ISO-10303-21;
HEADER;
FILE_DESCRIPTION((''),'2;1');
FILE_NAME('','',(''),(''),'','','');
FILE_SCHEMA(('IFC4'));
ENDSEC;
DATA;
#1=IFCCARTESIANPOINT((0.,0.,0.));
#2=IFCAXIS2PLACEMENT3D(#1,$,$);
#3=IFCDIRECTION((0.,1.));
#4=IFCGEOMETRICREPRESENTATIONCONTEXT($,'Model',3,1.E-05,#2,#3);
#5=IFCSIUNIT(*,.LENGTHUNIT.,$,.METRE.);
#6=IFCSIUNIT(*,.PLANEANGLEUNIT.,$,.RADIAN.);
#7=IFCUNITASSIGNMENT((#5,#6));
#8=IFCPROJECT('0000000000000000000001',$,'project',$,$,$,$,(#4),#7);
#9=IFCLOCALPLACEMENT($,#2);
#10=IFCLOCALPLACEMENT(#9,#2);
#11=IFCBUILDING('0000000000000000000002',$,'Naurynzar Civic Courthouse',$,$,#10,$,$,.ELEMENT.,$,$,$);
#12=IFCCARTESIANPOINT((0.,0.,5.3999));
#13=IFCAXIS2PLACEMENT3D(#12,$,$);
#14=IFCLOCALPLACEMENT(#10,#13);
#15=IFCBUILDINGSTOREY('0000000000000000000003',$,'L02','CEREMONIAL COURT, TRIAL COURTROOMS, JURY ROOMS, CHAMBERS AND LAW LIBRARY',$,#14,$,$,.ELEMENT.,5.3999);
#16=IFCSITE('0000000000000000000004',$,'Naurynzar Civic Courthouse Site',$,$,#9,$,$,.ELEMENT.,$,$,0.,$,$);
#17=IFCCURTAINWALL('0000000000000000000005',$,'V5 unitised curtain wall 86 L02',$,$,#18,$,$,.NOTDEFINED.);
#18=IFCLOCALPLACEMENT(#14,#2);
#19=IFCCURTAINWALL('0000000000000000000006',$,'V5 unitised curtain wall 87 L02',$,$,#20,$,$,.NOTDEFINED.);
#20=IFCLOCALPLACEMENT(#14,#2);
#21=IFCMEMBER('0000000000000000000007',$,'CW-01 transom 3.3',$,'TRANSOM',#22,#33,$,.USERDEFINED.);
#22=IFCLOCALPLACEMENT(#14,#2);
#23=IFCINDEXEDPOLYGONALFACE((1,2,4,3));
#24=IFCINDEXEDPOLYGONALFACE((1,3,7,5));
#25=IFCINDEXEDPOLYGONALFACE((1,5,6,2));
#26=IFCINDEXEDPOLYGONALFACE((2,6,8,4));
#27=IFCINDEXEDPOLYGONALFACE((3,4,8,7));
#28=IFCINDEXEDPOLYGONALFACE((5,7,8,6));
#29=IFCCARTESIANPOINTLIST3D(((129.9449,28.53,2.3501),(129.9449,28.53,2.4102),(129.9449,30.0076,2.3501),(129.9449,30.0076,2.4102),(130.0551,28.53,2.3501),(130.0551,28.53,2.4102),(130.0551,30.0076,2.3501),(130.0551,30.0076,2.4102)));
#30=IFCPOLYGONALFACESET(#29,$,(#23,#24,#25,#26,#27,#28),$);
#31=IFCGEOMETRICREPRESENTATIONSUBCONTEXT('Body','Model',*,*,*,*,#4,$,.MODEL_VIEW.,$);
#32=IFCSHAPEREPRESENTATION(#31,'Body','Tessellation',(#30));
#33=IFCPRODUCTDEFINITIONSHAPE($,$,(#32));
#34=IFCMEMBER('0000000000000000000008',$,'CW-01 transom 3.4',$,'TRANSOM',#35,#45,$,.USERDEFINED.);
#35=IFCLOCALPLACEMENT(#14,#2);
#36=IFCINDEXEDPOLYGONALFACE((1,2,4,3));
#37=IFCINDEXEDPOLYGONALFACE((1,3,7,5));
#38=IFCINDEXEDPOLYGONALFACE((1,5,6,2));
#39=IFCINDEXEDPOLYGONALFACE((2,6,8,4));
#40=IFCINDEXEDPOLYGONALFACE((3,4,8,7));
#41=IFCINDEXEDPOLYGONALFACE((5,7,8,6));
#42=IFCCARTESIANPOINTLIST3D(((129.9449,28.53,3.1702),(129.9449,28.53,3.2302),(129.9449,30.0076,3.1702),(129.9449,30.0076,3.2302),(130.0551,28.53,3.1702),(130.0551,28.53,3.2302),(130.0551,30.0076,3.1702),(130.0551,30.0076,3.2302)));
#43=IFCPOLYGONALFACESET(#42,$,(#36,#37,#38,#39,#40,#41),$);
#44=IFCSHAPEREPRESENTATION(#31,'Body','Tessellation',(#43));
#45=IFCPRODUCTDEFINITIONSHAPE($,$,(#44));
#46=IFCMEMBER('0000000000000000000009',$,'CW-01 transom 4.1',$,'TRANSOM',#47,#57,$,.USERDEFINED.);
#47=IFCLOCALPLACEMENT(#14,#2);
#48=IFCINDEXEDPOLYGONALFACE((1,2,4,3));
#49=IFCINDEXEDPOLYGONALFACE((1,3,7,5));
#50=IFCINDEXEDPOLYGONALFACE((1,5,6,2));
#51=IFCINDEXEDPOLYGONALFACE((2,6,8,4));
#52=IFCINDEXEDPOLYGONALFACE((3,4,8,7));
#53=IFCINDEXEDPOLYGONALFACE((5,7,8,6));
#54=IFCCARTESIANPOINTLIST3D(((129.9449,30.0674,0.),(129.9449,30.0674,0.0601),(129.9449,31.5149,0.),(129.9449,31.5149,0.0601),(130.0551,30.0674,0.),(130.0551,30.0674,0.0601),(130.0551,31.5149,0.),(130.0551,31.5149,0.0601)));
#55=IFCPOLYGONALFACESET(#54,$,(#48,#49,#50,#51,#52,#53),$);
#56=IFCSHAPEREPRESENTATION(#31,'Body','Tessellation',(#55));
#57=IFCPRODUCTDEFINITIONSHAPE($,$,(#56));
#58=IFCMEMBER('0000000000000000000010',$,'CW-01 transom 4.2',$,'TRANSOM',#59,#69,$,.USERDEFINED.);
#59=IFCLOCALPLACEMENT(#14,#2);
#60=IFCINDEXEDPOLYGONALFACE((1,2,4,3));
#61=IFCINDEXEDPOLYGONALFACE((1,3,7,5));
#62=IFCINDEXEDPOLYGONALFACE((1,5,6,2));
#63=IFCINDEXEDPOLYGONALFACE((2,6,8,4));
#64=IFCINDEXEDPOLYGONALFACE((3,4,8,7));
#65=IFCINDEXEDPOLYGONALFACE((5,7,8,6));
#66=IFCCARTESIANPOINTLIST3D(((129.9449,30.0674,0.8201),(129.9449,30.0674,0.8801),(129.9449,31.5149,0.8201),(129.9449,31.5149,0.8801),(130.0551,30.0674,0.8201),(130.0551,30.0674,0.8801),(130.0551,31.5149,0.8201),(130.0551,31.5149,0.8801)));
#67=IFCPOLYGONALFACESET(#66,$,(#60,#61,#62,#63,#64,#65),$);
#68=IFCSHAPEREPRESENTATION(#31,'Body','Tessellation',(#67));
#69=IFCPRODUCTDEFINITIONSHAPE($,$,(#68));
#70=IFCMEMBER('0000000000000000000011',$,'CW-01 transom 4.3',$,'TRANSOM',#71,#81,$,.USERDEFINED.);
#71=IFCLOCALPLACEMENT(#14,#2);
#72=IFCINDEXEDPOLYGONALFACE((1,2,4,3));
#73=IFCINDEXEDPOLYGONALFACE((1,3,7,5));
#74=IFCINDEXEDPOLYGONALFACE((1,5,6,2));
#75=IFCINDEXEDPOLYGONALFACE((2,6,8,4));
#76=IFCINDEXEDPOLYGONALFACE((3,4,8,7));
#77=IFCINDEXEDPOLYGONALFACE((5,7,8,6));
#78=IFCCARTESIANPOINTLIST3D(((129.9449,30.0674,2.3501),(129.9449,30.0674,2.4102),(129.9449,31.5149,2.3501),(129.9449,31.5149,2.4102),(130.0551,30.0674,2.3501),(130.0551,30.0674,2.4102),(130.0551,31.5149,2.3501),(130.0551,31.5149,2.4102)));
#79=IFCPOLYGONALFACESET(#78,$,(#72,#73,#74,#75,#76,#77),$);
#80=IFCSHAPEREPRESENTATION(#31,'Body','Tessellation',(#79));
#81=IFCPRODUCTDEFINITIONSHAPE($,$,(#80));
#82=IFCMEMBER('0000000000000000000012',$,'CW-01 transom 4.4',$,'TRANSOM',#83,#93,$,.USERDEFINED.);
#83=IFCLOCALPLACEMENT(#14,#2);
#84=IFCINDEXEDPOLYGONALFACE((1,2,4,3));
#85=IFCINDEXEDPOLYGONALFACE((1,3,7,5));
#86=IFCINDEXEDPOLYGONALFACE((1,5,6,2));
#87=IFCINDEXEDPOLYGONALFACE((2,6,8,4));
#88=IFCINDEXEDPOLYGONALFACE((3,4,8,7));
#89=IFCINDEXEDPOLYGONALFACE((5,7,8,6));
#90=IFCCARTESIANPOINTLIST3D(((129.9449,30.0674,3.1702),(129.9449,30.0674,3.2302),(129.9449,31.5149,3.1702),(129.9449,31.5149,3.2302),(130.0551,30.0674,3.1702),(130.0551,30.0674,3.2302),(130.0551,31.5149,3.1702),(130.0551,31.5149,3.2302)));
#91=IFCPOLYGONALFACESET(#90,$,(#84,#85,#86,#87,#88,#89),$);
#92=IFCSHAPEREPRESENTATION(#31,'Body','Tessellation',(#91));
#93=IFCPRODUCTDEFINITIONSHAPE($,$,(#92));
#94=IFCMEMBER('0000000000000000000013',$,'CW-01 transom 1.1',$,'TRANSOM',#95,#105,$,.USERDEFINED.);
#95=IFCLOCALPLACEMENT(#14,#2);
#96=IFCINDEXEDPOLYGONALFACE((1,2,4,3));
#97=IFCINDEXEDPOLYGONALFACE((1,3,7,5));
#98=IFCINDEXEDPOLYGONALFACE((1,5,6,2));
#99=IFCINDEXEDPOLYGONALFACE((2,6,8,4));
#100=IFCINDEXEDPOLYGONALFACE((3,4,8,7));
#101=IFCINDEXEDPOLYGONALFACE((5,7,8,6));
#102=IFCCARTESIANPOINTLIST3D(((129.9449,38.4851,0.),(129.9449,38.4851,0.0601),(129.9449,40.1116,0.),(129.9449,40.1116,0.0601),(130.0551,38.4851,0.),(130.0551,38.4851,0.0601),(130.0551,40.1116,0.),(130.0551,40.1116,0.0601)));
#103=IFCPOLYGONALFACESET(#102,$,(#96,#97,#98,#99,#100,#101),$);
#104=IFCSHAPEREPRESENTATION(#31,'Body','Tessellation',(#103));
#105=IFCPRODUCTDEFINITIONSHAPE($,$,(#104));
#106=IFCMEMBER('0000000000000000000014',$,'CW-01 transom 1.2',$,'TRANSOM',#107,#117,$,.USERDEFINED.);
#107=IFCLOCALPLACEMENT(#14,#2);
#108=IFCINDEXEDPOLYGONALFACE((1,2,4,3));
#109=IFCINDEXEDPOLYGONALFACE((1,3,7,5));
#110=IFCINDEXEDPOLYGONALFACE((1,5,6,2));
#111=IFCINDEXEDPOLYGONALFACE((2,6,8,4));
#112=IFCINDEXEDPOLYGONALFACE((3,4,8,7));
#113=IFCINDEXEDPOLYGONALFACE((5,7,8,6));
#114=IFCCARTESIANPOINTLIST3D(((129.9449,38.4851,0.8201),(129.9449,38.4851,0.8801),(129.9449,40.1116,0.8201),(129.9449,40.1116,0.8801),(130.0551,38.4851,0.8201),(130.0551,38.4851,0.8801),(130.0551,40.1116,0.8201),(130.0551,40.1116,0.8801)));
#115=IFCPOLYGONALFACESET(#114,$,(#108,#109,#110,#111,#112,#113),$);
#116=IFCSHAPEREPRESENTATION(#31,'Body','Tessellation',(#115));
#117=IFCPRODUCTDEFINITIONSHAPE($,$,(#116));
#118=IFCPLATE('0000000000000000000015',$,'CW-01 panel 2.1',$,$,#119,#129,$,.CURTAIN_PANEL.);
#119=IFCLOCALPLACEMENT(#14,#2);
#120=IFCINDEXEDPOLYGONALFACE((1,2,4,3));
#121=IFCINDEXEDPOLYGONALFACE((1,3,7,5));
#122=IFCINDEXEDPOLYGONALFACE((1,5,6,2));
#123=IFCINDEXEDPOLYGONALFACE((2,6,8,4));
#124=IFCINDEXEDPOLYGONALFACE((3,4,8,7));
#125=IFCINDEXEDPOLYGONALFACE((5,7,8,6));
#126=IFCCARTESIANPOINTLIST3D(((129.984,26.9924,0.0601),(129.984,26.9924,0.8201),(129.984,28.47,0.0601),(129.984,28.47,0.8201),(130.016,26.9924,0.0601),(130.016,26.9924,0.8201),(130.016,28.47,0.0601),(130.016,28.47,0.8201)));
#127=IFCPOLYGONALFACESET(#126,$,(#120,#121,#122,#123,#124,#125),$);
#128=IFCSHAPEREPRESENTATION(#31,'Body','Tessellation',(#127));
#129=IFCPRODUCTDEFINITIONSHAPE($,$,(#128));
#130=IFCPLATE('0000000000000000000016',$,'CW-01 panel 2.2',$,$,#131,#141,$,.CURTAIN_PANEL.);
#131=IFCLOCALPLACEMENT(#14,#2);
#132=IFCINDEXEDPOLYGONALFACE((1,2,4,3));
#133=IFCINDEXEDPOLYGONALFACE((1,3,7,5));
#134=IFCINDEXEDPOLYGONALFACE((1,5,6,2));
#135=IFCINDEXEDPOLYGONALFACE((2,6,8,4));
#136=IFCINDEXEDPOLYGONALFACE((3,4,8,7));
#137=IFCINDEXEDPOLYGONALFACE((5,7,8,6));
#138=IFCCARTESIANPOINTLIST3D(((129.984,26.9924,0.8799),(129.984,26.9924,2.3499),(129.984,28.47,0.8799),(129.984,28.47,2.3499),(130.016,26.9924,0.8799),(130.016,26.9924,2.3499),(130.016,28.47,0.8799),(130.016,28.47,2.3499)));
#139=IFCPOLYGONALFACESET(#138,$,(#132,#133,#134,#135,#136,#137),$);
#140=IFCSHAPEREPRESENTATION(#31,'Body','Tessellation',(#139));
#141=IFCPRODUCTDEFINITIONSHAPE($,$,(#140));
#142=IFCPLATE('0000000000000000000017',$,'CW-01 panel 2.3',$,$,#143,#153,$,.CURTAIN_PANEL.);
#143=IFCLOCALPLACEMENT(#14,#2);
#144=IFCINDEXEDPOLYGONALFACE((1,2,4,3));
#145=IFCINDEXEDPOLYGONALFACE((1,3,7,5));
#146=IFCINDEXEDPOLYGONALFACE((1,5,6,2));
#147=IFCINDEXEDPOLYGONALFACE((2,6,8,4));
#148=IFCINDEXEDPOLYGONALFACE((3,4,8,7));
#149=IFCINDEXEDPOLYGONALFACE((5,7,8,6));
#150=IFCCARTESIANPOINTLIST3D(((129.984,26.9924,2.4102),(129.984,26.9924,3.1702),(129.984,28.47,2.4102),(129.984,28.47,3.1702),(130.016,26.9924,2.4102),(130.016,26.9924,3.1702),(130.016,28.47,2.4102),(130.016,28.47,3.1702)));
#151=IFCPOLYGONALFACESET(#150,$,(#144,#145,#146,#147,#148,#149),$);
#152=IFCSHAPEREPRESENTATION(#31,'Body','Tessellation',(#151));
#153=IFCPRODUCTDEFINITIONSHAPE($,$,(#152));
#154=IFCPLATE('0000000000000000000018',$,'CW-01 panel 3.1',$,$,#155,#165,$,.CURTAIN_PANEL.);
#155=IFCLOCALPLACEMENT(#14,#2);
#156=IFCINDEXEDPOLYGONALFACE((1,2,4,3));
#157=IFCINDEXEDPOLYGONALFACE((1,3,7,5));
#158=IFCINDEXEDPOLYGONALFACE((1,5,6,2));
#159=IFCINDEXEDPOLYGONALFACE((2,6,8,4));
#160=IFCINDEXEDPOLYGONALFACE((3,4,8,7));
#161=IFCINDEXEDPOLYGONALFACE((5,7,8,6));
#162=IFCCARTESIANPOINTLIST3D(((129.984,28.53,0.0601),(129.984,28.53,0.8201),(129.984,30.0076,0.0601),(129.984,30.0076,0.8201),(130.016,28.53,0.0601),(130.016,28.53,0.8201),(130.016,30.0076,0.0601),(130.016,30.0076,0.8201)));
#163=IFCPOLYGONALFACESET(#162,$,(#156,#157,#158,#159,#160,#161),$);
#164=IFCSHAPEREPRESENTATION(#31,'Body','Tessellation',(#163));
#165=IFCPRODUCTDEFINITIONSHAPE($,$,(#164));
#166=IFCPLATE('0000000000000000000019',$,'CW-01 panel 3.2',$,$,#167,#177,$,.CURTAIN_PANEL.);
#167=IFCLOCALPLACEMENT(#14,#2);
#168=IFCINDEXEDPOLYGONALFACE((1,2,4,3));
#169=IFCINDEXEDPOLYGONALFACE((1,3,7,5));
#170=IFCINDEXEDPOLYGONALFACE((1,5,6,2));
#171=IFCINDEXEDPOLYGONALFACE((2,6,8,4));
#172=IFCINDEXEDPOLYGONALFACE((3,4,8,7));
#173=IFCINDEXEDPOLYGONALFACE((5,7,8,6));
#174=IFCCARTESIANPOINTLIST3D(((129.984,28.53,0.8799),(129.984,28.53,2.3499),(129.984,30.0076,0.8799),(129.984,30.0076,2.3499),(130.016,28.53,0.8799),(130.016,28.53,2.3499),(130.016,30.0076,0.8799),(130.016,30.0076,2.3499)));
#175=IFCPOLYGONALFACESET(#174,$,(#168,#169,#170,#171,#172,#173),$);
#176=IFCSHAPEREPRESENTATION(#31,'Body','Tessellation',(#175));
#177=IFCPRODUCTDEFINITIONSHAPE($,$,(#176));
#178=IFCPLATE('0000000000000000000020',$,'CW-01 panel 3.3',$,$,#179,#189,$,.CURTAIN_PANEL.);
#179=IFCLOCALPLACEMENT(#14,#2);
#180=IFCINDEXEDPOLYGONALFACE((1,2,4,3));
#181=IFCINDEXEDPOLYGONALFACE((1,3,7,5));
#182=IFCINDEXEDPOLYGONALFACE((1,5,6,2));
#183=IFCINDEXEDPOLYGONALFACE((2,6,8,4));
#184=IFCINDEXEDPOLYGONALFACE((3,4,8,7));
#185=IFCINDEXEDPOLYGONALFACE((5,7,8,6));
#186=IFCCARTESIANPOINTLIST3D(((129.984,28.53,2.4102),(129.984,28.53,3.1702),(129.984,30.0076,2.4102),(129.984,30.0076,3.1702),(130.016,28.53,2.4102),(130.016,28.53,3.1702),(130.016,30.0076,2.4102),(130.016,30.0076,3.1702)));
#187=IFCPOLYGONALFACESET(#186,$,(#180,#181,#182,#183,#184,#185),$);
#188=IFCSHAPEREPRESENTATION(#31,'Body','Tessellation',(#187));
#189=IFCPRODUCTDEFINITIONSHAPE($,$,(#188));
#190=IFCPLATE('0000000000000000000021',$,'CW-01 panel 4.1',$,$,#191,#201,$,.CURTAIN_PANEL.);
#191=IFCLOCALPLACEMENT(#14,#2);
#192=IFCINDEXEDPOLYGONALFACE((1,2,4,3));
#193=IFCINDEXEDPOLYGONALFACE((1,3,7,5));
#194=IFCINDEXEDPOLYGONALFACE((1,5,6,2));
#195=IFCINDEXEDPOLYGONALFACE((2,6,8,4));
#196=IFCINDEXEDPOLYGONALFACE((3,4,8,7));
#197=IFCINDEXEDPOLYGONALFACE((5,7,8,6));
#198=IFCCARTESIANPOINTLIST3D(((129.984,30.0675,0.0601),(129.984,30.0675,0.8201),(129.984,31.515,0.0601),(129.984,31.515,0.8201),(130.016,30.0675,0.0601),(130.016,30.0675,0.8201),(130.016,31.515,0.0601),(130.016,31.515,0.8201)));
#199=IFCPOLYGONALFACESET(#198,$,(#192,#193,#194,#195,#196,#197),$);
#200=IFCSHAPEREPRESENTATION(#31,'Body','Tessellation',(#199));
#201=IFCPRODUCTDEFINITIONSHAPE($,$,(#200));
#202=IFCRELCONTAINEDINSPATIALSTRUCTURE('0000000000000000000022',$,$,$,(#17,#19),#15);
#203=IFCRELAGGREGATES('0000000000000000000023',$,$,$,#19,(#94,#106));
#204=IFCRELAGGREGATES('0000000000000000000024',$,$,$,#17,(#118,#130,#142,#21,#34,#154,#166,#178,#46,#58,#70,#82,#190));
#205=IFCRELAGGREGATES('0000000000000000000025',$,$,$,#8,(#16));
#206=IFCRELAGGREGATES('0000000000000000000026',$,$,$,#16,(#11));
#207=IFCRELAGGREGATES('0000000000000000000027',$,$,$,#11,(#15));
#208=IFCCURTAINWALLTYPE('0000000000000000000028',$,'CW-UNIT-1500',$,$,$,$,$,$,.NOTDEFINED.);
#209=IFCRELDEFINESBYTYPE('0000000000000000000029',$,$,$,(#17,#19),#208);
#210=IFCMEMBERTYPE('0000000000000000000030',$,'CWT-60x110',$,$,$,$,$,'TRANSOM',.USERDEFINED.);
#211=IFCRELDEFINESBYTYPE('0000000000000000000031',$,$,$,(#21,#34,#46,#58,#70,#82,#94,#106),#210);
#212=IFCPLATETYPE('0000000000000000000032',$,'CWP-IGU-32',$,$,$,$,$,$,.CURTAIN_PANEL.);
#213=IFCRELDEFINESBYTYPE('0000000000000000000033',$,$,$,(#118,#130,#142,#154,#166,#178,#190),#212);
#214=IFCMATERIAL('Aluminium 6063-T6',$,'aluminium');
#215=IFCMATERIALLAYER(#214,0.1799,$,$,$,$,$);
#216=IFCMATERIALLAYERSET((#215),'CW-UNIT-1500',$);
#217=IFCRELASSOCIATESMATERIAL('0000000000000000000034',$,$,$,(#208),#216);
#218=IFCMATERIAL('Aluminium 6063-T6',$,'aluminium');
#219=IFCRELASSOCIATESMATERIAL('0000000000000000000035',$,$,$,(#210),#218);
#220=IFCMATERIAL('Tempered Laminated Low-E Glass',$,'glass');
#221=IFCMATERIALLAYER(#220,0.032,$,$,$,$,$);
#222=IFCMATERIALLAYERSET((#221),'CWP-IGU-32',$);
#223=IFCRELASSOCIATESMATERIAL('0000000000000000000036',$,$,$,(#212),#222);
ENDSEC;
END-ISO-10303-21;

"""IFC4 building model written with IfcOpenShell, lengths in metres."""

from ifc_helpers import new_model, si_unit, direction, frame, origin, origin_2d, place, context, subcontext, project, spatial, rectangle, extrude, material, layer, layer_set, material_profile, profile_set, type_object, element, aggregate, save


model = new_model("IFC4")

# Units and contexts
model_context = context("Model", 3, precision=1e-05, world=origin(), true_north=direction((0.0, 1.0)))
body_context = subcontext(model_context, "Body", "Model", "MODEL_VIEW")
ifc_project = project(units=[si_unit("LENGTHUNIT", "METRE"), si_unit("PLANEANGLEUNIT", "RADIAN")], contexts=[model_context])

# Site, building, storey
site_placement = place(None, origin())
site = spatial("IfcSite", under=ifc_project, at=site_placement, Name="Naurynzar Civic Courthouse Site", CompositionType="ELEMENT", RefElevation=0.0)
building_placement = place(site_placement, origin())
building = spatial("IfcBuilding", under=site, at=building_placement, Name="Naurynzar Civic Courthouse", CompositionType="ELEMENT")
storey_placement = place(building_placement, frame((0.0, 0.0, 5.3999)))
storey = spatial("IfcBuildingStorey", under=building, at=storey_placement, Name="L02", Description="CEREMONIAL COURT, TRIAL COURTROOMS, JURY ROOMS, CHAMBERS AND LAW LIBRARY", CompositionType="ELEMENT", Elevation=5.3999)

# Curtain wall
ifc_material_1 = material(Name="Aluminium 6063-T6", Category="aluminium")
ifc_layer_1 = layer(ifc_material_1, 0.1799)
ifc_layer_set_1 = layer_set([ifc_layer_1], Name="CW-UNIT-1500")
curtain_wall_type = type_object("IfcCurtainWallType", Name="CW-UNIT-1500", PredefinedType="NOTDEFINED", material=ifc_layer_set_1)
curtain_wall_1_placement = place(storey_placement, origin())
curtain_wall_1 = element("IfcCurtainWall", 1, at=curtain_wall_1_placement, inside=storey, type_object=curtain_wall_type, Name="V5 unitised curtain wall 86 L02", PredefinedType="NOTDEFINED")

# Curtain wall
curtain_wall_2_placement = place(storey_placement, origin())
curtain_wall_2 = element("IfcCurtainWall", 2, at=curtain_wall_2_placement, inside=storey, type_object=curtain_wall_type, Name="V5 unitised curtain wall 87 L02", PredefinedType="NOTDEFINED")

# Members
ifc_material_2 = material(Name="Aluminium 6063-T6", Category="aluminium")
ifc_material_profile_1 = material_profile(ifc_material_2, rectangle(XDim=0.1101, YDim=0.0601, at=origin_2d()), Name="ALU TRANSOM 60x110")
ifc_profile_set_1 = profile_set([ifc_material_profile_1], Name="Aluminium 6063-T6")
member_type_1 = type_object("IfcMemberType", Name="CWT-60x110", ElementType="TRANSOM", PredefinedType="USERDEFINED", material=ifc_profile_set_1)
member_1_placement = place(storey_placement, frame((130.0, 28.53, 2.3801), z_axis=(0.0, 1.0, 0.0), x_axis=(-1.0, 0.0, 0.0)))
member_1 = element("IfcMember", 3, at=member_1_placement, type_object=member_type_1, Name="CW-01 transom 3.3", ObjectType="TRANSOM", PredefinedType="USERDEFINED", context=body_context, shape_type="SweptSolid", body=[
    extrude(rectangle(XDim=0.1101, YDim=0.0601, at=origin_2d()), origin(), (0.0, 0.0, 1.0), 1.4775),
])
member_2_placement = place(storey_placement, frame((130.0, 28.53, 3.2002), z_axis=(0.0, 1.0, 0.0), x_axis=(-1.0, 0.0, 0.0)))
member_2 = element("IfcMember", 4, at=member_2_placement, type_object=member_type_1, Name="CW-01 transom 3.4", ObjectType="TRANSOM", PredefinedType="USERDEFINED", context=body_context, shape_type="SweptSolid", body=[
    extrude(rectangle(XDim=0.1101, YDim=0.0601, at=origin_2d()), origin(), (0.0, 0.0, 1.0), 1.4775),
])
member_3_placement = place(storey_placement, frame((130.0, 30.0674, 0.03), z_axis=(0.0, 1.0, 0.0), x_axis=(-1.0, 0.0, 0.0)))
member_3 = element("IfcMember", 5, at=member_3_placement, type_object=member_type_1, Name="CW-01 transom 4.1", ObjectType="TRANSOM", PredefinedType="USERDEFINED", context=body_context, shape_type="SweptSolid", body=[
    extrude(rectangle(XDim=0.1101, YDim=0.0601, at=origin_2d()), origin(), (0.0, 0.0, 1.0), 1.4475),
])
member_4_placement = place(storey_placement, frame((130.0, 30.0674, 0.8501), z_axis=(0.0, 1.0, 0.0), x_axis=(-1.0, 0.0, 0.0)))
member_4 = element("IfcMember", 6, at=member_4_placement, type_object=member_type_1, Name="CW-01 transom 4.2", ObjectType="TRANSOM", PredefinedType="USERDEFINED", context=body_context, shape_type="SweptSolid", body=[
    extrude(rectangle(XDim=0.1101, YDim=0.0601, at=origin_2d()), origin(), (0.0, 0.0, 1.0), 1.4475),
])
member_5_placement = place(storey_placement, frame((130.0, 30.0674, 2.3801), z_axis=(0.0, 1.0, 0.0), x_axis=(-1.0, 0.0, 0.0)))
member_5 = element("IfcMember", 7, at=member_5_placement, type_object=member_type_1, Name="CW-01 transom 4.3", ObjectType="TRANSOM", PredefinedType="USERDEFINED", context=body_context, shape_type="SweptSolid", body=[
    extrude(rectangle(XDim=0.1101, YDim=0.0601, at=origin_2d()), origin(), (0.0, 0.0, 1.0), 1.4475),
])
member_6_placement = place(storey_placement, frame((130.0, 30.0674, 3.2002), z_axis=(0.0, 1.0, 0.0), x_axis=(-1.0, 0.0, 0.0)))
member_6 = element("IfcMember", 8, at=member_6_placement, type_object=member_type_1, Name="CW-01 transom 4.4", ObjectType="TRANSOM", PredefinedType="USERDEFINED", context=body_context, shape_type="SweptSolid", body=[
    extrude(rectangle(XDim=0.1101, YDim=0.0601, at=origin_2d()), origin(), (0.0, 0.0, 1.0), 1.4475),
])
member_7_placement = place(storey_placement, frame((130.0, 38.4851, 0.03), z_axis=(0.0, 1.0, 0.0), x_axis=(-1.0, 0.0, 0.0)))
member_7 = element("IfcMember", 9, at=member_7_placement, type_object=member_type_1, Name="CW-01 transom 1.1", ObjectType="TRANSOM", PredefinedType="USERDEFINED", context=body_context, shape_type="SweptSolid", body=[
    extrude(rectangle(XDim=0.1101, YDim=0.0601, at=origin_2d()), origin(), (0.0, 0.0, 1.0), 1.6265),
])
member_8_placement = place(storey_placement, frame((130.0, 38.4851, 0.8501), z_axis=(0.0, 1.0, 0.0), x_axis=(-1.0, 0.0, 0.0)))
member_8 = element("IfcMember", 10, at=member_8_placement, type_object=member_type_1, Name="CW-01 transom 1.2", ObjectType="TRANSOM", PredefinedType="USERDEFINED", context=body_context, shape_type="SweptSolid", body=[
    extrude(rectangle(XDim=0.1101, YDim=0.0601, at=origin_2d()), origin(), (0.0, 0.0, 1.0), 1.6265),
])
aggregate(curtain_wall_2, [member_7, member_8])

# Plates
ifc_material_3 = material(Name="Tempered Laminated Low-E Glass", Category="glass")
ifc_layer_2 = layer(ifc_material_3, 0.032)
ifc_layer_set_2 = layer_set([ifc_layer_2], Name="CWP-IGU-32")
plate_type = type_object("IfcPlateType", Name="CWP-IGU-32", PredefinedType="CURTAIN_PANEL", material=ifc_layer_set_2)
plate_1_placement = place(storey_placement, frame((130.0, 27.7312, 0.0601), z_axis=(0.0, 0.0, 1.0), x_axis=(0.0, 1.0, 0.0)))
plate_1 = element("IfcPlate", 11, at=plate_1_placement, type_object=plate_type, Name="CW-01 panel 2.1", PredefinedType="CURTAIN_PANEL", context=body_context, shape_type="SweptSolid", body=[
    extrude(rectangle(XDim=1.4775, YDim=0.032, at=origin_2d()), origin(), (0.0, 0.0, 1.0), 0.76),
])
plate_2_placement = place(storey_placement, frame((130.0, 27.7312, 0.8799), z_axis=(0.0, 0.0, 1.0), x_axis=(0.0, 1.0, 0.0)))
plate_2 = element("IfcPlate", 12, at=plate_2_placement, type_object=plate_type, Name="CW-01 panel 2.2", PredefinedType="CURTAIN_PANEL", context=body_context, shape_type="SweptSolid", body=[
    extrude(rectangle(XDim=1.4775, YDim=0.032, at=origin_2d()), origin(), (0.0, 0.0, 1.0), 1.47),
])
plate_3_placement = place(storey_placement, frame((130.0, 27.7312, 2.4102), z_axis=(0.0, 0.0, 1.0), x_axis=(0.0, 1.0, 0.0)))
plate_3 = element("IfcPlate", 13, at=plate_3_placement, type_object=plate_type, Name="CW-01 panel 2.3", PredefinedType="CURTAIN_PANEL", context=body_context, shape_type="SweptSolid", body=[
    extrude(rectangle(XDim=1.4775, YDim=0.032, at=origin_2d()), origin(), (0.0, 0.0, 1.0), 0.76),
])
plate_4_placement = place(storey_placement, frame((130.0, 29.2688, 0.0601), z_axis=(0.0, 0.0, 1.0), x_axis=(0.0, 1.0, 0.0)))
plate_4 = element("IfcPlate", 14, at=plate_4_placement, type_object=plate_type, Name="CW-01 panel 3.1", PredefinedType="CURTAIN_PANEL", context=body_context, shape_type="SweptSolid", body=[
    extrude(rectangle(XDim=1.4775, YDim=0.032, at=origin_2d()), origin(), (0.0, 0.0, 1.0), 0.76),
])
plate_5_placement = place(storey_placement, frame((130.0, 29.2688, 0.8799), z_axis=(0.0, 0.0, 1.0), x_axis=(0.0, 1.0, 0.0)))
plate_5 = element("IfcPlate", 15, at=plate_5_placement, type_object=plate_type, Name="CW-01 panel 3.2", PredefinedType="CURTAIN_PANEL", context=body_context, shape_type="SweptSolid", body=[
    extrude(rectangle(XDim=1.4775, YDim=0.032, at=origin_2d()), origin(), (0.0, 0.0, 1.0), 1.47),
])
plate_6_placement = place(storey_placement, frame((130.0, 29.2688, 2.4102), z_axis=(0.0, 0.0, 1.0), x_axis=(0.0, 1.0, 0.0)))
plate_6 = element("IfcPlate", 16, at=plate_6_placement, type_object=plate_type, Name="CW-01 panel 3.3", PredefinedType="CURTAIN_PANEL", context=body_context, shape_type="SweptSolid", body=[
    extrude(rectangle(XDim=1.4775, YDim=0.032, at=origin_2d()), origin(), (0.0, 0.0, 1.0), 0.76),
])
plate_7_placement = place(storey_placement, frame((130.0, 30.7913, 0.0601), z_axis=(0.0, 0.0, 1.0), x_axis=(0.0, 1.0, 0.0)))
plate_7 = element("IfcPlate", 17, at=plate_7_placement, type_object=plate_type, Name="CW-01 panel 4.1", PredefinedType="CURTAIN_PANEL", context=body_context, shape_type="SweptSolid", body=[
    extrude(rectangle(XDim=1.4475, YDim=0.032, at=origin_2d()), origin(), (0.0, 0.0, 1.0), 0.76),
])
aggregate(curtain_wall_1, [plate_1, plate_2, plate_3, member_1, member_2, plate_4, plate_5, plate_6, member_3, member_4, member_5, member_6, plate_7])

save(model, "model.ifc")
